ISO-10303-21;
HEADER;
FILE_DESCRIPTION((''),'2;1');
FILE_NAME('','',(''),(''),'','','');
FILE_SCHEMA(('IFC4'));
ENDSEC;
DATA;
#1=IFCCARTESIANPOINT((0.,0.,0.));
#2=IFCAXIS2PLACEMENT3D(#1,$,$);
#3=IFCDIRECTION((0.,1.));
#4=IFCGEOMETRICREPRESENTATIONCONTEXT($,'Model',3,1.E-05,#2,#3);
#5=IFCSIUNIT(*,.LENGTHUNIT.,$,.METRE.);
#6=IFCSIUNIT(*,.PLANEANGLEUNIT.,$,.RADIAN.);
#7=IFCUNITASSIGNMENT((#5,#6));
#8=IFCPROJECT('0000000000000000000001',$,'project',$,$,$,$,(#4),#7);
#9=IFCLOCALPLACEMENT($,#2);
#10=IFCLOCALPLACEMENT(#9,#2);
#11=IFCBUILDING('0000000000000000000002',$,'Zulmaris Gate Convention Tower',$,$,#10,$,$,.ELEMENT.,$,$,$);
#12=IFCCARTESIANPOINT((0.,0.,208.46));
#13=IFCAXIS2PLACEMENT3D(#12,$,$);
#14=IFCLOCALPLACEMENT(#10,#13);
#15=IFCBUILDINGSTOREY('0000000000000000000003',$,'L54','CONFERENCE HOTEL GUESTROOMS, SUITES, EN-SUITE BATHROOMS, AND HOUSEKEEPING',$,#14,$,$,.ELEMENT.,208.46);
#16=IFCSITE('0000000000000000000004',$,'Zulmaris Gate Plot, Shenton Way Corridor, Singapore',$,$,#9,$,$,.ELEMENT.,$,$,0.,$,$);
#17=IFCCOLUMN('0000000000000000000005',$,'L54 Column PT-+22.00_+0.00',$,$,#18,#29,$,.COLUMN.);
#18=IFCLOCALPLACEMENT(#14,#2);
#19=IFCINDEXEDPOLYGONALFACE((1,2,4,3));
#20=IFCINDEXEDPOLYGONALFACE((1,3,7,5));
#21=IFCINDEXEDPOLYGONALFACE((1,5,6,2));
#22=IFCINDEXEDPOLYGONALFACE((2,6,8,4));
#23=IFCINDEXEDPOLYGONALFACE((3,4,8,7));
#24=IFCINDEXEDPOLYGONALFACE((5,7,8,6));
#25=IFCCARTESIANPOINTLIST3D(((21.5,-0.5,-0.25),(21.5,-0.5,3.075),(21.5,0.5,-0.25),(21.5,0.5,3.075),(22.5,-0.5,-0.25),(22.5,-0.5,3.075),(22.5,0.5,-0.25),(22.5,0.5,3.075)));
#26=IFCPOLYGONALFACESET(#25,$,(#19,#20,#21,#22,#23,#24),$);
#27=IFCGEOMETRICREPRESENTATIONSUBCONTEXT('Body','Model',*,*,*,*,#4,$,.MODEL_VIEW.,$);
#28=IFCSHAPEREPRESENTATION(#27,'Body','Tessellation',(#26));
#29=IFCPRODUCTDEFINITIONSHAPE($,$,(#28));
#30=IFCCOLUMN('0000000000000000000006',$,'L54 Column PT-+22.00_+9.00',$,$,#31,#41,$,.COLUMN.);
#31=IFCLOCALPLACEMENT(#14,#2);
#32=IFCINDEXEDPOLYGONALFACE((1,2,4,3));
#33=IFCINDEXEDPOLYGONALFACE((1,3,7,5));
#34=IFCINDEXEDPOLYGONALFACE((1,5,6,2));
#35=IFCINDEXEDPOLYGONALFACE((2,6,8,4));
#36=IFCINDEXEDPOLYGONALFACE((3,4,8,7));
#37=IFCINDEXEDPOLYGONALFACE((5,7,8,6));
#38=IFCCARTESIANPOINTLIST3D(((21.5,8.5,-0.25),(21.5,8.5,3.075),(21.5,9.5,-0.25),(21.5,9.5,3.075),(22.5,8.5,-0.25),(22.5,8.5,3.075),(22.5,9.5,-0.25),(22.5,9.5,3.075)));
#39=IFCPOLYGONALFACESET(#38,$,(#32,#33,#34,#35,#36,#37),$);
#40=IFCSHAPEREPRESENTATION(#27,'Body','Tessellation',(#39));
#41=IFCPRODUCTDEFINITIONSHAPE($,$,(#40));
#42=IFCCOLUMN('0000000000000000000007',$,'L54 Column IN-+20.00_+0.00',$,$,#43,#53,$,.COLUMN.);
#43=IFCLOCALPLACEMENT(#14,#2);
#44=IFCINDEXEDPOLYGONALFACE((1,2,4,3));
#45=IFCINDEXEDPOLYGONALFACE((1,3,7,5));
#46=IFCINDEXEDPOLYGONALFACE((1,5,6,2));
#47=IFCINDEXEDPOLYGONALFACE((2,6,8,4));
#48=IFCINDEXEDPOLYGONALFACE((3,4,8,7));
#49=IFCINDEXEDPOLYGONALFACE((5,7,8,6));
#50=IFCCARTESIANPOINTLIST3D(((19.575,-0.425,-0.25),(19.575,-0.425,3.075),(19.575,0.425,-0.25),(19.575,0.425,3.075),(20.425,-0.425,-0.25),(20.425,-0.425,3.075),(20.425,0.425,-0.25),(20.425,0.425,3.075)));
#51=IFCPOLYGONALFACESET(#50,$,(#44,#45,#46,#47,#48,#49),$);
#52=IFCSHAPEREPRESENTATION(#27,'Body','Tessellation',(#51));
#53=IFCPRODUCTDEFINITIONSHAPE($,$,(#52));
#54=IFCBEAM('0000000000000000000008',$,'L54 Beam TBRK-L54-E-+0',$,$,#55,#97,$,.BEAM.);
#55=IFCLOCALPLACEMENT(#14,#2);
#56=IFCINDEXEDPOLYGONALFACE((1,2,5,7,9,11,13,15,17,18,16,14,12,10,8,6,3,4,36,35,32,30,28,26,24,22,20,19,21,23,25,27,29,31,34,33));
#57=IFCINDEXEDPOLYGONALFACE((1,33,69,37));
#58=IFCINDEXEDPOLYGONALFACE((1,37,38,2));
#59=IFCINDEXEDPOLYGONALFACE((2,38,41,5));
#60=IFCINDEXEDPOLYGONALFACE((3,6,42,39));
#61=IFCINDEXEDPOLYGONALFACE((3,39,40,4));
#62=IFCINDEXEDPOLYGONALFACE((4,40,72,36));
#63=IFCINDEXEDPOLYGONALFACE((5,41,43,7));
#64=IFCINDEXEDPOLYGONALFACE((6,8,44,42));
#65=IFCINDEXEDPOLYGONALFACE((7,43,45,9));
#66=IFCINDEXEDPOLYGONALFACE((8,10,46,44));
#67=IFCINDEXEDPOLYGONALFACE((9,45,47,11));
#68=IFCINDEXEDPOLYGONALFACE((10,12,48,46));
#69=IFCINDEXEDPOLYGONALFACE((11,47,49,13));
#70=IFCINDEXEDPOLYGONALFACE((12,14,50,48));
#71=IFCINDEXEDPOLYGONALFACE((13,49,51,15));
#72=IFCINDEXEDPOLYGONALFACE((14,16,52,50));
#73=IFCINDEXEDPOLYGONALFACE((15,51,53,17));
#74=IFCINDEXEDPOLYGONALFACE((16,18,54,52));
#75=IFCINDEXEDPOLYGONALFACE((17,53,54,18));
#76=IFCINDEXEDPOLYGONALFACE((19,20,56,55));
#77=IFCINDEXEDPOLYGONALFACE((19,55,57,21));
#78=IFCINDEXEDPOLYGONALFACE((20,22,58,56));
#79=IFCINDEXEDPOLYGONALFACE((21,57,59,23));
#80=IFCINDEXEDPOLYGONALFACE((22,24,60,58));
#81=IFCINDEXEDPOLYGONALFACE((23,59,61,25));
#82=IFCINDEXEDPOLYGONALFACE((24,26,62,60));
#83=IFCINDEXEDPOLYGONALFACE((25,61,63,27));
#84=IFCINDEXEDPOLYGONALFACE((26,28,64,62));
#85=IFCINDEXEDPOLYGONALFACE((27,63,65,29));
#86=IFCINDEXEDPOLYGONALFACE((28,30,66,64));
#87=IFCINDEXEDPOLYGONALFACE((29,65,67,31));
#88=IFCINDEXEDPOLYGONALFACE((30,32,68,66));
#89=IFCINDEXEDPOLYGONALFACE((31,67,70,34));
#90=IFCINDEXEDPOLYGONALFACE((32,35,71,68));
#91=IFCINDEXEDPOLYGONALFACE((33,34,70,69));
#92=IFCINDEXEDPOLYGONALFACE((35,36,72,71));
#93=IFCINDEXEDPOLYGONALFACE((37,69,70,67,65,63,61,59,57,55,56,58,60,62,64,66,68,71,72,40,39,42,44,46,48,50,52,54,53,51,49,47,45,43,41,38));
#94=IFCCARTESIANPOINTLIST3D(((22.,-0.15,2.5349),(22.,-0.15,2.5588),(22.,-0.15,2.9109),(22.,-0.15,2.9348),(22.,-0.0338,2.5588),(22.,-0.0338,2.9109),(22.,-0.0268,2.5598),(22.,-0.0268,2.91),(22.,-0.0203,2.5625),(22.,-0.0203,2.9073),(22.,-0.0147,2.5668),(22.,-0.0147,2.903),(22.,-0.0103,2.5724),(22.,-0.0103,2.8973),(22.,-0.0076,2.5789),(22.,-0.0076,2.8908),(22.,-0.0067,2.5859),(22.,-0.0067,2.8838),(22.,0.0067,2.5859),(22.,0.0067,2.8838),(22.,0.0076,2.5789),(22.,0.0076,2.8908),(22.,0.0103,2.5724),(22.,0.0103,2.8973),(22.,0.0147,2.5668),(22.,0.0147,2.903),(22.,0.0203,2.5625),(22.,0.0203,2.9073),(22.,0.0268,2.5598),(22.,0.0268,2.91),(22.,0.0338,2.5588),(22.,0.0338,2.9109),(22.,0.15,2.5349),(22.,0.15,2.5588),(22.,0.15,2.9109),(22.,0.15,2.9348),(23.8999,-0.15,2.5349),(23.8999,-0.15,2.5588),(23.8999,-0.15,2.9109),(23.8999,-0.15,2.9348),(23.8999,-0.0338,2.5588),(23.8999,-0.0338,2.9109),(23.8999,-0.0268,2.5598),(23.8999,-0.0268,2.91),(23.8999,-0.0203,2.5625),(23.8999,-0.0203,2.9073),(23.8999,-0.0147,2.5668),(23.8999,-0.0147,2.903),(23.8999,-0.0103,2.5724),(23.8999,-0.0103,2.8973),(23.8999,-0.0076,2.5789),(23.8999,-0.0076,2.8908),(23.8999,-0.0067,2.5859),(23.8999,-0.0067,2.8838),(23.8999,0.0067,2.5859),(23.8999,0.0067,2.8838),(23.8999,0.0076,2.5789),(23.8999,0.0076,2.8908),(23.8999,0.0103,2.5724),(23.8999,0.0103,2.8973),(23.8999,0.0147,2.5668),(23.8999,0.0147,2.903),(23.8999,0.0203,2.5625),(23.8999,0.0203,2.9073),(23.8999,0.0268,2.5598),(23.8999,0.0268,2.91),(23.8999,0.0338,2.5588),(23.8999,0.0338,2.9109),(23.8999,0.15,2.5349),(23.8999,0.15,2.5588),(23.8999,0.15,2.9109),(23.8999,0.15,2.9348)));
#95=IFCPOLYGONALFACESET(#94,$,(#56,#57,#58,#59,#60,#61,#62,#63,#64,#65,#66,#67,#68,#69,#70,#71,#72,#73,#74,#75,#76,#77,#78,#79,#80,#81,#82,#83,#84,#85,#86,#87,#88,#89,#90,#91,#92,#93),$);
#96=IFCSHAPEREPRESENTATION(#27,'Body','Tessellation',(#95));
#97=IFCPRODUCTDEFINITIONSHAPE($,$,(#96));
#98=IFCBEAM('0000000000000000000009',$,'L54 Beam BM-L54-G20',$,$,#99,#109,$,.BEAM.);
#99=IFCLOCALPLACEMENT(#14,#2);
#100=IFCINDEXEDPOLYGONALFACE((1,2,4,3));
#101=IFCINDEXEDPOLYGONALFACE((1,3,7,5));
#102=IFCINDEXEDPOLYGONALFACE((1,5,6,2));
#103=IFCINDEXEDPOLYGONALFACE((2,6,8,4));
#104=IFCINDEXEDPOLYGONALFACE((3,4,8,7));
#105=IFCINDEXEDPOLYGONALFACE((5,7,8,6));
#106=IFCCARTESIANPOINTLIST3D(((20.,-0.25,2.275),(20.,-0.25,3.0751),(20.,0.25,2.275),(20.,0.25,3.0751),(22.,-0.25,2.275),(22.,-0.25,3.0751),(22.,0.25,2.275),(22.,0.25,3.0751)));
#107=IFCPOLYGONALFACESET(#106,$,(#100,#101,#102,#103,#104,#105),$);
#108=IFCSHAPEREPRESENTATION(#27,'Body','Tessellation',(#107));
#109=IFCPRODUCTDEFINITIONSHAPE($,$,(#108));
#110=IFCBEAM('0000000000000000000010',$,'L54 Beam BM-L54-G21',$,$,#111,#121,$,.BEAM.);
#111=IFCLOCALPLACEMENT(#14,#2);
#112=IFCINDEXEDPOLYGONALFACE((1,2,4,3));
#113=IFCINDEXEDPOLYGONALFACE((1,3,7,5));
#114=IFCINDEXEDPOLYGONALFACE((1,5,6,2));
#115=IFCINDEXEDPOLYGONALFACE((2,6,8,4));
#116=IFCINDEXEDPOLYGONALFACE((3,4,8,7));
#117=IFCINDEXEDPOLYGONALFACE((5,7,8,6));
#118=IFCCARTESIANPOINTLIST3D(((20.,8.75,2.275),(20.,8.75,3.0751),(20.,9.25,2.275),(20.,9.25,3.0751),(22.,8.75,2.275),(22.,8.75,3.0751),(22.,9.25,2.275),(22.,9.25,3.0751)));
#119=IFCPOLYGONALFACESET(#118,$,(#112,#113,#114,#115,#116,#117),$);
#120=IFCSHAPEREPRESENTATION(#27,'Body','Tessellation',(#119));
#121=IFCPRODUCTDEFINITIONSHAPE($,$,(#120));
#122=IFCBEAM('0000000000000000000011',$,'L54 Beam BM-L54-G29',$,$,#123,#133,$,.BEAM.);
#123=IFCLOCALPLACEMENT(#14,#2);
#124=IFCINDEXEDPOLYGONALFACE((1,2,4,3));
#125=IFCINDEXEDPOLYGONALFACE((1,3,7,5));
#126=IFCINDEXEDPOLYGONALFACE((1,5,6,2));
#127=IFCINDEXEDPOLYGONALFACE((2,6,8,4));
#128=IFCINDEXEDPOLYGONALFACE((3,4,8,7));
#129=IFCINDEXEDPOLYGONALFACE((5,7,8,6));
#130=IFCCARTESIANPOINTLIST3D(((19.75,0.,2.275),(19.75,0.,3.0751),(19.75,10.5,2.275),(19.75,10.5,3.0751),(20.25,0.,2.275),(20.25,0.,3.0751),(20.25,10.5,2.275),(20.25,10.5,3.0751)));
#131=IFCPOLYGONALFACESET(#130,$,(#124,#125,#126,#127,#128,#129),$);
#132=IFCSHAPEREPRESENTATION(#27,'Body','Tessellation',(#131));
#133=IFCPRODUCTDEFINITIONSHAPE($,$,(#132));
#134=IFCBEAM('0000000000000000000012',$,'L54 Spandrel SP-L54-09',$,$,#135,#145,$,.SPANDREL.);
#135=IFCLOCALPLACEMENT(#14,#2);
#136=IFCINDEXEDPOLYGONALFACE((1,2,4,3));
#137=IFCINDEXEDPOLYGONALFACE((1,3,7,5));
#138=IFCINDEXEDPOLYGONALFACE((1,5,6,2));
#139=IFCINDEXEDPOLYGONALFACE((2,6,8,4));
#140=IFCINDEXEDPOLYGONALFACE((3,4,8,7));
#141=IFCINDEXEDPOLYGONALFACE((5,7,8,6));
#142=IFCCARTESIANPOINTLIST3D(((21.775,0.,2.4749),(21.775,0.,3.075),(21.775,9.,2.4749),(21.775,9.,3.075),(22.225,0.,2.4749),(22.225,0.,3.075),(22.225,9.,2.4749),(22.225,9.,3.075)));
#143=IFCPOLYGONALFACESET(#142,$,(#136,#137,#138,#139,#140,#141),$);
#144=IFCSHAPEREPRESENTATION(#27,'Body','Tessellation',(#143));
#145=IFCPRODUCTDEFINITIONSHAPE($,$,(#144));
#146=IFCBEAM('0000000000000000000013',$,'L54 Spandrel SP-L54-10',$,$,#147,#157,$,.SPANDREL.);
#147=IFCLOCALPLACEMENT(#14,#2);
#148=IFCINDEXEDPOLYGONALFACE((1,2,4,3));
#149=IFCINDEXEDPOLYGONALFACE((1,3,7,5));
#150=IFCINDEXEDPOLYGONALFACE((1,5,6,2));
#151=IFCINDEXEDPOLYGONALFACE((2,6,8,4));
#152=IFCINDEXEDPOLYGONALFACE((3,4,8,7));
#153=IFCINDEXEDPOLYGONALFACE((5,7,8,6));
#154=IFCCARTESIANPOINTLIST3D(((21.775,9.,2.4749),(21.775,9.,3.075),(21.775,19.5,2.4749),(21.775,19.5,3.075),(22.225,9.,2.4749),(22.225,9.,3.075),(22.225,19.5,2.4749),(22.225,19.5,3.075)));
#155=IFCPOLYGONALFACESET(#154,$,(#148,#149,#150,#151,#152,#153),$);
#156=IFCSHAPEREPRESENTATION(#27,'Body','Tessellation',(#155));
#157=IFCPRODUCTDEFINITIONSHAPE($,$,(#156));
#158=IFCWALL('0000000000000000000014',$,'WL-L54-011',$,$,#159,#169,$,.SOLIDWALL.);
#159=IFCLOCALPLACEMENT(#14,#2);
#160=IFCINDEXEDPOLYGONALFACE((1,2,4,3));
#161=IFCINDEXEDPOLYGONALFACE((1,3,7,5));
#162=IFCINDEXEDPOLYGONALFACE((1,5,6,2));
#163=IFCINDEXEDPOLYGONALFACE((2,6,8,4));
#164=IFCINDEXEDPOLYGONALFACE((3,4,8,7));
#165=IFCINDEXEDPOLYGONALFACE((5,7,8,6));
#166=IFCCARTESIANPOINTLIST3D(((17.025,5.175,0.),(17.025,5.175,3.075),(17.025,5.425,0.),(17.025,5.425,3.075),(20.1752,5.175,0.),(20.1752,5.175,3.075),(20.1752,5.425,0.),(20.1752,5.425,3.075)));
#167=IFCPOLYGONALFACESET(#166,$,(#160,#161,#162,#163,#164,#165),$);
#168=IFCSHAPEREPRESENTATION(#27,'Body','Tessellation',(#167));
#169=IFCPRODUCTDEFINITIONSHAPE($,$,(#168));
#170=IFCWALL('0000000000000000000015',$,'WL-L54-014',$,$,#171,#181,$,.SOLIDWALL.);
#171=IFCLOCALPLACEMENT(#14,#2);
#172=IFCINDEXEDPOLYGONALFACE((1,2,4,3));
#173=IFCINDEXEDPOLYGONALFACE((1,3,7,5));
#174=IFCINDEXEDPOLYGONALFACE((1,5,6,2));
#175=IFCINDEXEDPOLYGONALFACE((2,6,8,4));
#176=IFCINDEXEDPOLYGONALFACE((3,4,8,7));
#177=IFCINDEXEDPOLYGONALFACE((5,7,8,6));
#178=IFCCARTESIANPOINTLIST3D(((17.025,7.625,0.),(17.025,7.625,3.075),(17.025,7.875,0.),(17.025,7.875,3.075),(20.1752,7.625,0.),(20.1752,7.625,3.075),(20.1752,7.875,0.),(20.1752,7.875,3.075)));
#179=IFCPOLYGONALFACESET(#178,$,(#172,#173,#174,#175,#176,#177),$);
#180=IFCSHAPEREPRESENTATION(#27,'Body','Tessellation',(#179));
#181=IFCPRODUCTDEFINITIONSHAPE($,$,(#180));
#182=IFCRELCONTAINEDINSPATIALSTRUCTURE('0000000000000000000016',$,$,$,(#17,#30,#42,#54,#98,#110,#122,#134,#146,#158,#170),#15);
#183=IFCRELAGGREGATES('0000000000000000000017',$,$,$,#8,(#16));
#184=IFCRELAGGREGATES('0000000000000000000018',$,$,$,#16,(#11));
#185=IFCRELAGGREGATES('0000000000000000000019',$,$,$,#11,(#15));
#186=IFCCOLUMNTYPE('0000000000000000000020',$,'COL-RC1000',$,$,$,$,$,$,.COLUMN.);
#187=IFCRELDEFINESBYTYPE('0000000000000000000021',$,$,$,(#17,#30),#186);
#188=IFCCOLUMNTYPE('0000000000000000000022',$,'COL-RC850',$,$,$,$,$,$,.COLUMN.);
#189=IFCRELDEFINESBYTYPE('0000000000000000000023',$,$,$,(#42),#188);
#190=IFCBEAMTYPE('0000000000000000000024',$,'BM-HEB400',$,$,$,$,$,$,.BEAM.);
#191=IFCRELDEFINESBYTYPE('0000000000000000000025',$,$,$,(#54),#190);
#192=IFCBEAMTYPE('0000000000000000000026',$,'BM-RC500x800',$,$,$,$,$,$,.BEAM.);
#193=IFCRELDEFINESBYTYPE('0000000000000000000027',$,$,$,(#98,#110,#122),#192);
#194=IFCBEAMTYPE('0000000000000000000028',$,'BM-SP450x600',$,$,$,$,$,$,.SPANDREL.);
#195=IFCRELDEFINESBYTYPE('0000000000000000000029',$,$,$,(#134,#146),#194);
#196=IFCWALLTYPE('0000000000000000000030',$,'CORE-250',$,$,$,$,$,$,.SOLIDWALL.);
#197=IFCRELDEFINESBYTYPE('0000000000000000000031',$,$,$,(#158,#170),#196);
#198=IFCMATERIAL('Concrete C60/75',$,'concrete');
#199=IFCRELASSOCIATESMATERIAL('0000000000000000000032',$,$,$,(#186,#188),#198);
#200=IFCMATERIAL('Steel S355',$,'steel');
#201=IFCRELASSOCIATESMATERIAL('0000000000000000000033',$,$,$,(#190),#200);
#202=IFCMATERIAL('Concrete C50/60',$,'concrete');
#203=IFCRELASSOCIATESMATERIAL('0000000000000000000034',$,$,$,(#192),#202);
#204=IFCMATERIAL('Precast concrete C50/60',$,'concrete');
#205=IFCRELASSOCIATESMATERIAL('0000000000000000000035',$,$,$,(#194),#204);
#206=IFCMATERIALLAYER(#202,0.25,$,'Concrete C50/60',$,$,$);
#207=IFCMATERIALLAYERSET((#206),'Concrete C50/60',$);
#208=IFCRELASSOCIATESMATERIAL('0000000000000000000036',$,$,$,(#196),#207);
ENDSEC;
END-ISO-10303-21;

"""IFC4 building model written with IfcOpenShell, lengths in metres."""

from ifc_helpers import new_model, si_unit, direction, frame, frame_2d, origin, origin_2d, place, context, subcontext, project, spatial, rectangle, i_section, extrude, material, layer, layer_set, material_profile, profile_set, type_object, element, save


model = new_model("IFC4")

# Units and contexts
model_context = context("Model", 3, precision=1e-05, world=origin(), true_north=direction((0.0, 1.0)))
body_context = subcontext(model_context, "Body", "Model", "MODEL_VIEW")
ifc_project = project(units=[si_unit("LENGTHUNIT", "METRE"), si_unit("PLANEANGLEUNIT", "RADIAN")], contexts=[model_context])

# Site, building, storey
site_placement = place(None, origin())
site = spatial("IfcSite", under=ifc_project, at=site_placement, Name="Zulmaris Gate Plot, Shenton Way Corridor, Singapore", CompositionType="ELEMENT", RefElevation=0.0)
building_placement = place(site_placement, origin())
building = spatial("IfcBuilding", under=site, at=building_placement, Name="Zulmaris Gate Convention Tower", CompositionType="ELEMENT")
storey_placement = place(building_placement, frame((0.0, 0.0, 208.46)))
storey = spatial("IfcBuildingStorey", under=building, at=storey_placement, Name="L54", Description="CONFERENCE HOTEL GUESTROOMS, SUITES, EN-SUITE BATHROOMS, AND HOUSEKEEPING", CompositionType="ELEMENT", Elevation=208.46)

# Columns
ifc_material_1 = material(Name="Concrete C60/75", Category="concrete")
ifc_material_profile_1 = material_profile(ifc_material_1, rectangle(XDim=1.0, YDim=1.0, at=origin_2d()), Name="RC COL 1000x1000")
ifc_profile_set_1 = profile_set([ifc_material_profile_1], Name="Concrete C60/75")
column_type_1 = type_object("IfcColumnType", Name="COL-RC1000", PredefinedType="COLUMN", material=ifc_profile_set_1)
for number, where, z_axis, x_axis, name in (
    (1, (22.0, 0.0, -0.25), (0.0, 0.0, 1.0), (1.0, 0.0, 0.0), "L54 Column PT-+22.00_+0.00"),
    (2, (22.0, 9.0, -0.25), (0.0, 0.0, 1.0), (1.0, 0.0, 0.0), "L54 Column PT-+22.00_+9.00"),
):
    element("IfcColumn", number, at=place(storey_placement, frame(where, z_axis=z_axis, x_axis=x_axis)), inside=storey, type_object=column_type_1, Name=name, PredefinedType="COLUMN", context=body_context, shape_type="SweptSolid", body=[
        extrude(rectangle(XDim=1.0, YDim=1.0, at=origin_2d()), origin(), (0.0, 0.0, 1.0), 3.325),
    ])
ifc_material_profile_2 = material_profile(ifc_material_1, rectangle(XDim=0.8501, YDim=0.8501, at=origin_2d()), Name="RC COL 850x850")
ifc_profile_set_2 = profile_set([ifc_material_profile_2], Name="Concrete C60/75")
column_type_2 = type_object("IfcColumnType", Name="COL-RC850", PredefinedType="COLUMN", material=ifc_profile_set_2)
column_placement = place(storey_placement, frame((20.0, 0.0, -0.25), z_axis=(0.0, 0.0, 1.0), x_axis=(1.0, 0.0, 0.0)))
element("IfcColumn", 3, at=column_placement, inside=storey, type_object=column_type_2, Name="L54 Column IN-+20.00_+0.00", PredefinedType="COLUMN", context=body_context, shape_type="SweptSolid", body=[
    extrude(rectangle(XDim=0.8501, YDim=0.8501, at=origin_2d()), origin(), (0.0, 0.0, 1.0), 3.325),
])

# Beams
ifc_material_2 = material(Name="Steel S355", Category="steel")
ifc_material_profile_3 = material_profile(ifc_material_2, i_section(OverallWidth=0.3, OverallDepth=0.3999, WebThickness=0.0134, FlangeThickness=0.0239, FilletRadius=0.0271, at=origin_2d()), Name="HEB 400")
ifc_profile_set_3 = profile_set([ifc_material_profile_3], Name="Steel S355")
beam_type_1 = type_object("IfcBeamType", Name="BM-HEB400", PredefinedType="BEAM", material=ifc_profile_set_3)
beam_1_placement = place(storey_placement, frame((22.0, 0.0, 2.7349), z_axis=(1.0, 0.0, 0.0), x_axis=(0.0, 1.0, 0.0)))
element("IfcBeam", 4, at=beam_1_placement, inside=storey, type_object=beam_type_1, Name="L54 Beam TBRK-L54-E-+0", PredefinedType="BEAM", context=body_context, shape_type="SweptSolid", body=[
    extrude(i_section(OverallWidth=0.3, OverallDepth=0.3999, WebThickness=0.0134, FlangeThickness=0.0239, FilletRadius=0.0271, at=origin_2d()), origin(), (0.0, 0.0, 1.0), 1.8999),
])
ifc_material_3 = material(Name="Concrete C50/60", Category="concrete")
ifc_material_profile_4 = material_profile(ifc_material_3, rectangle(XDim=0.5, YDim=0.8, at=origin_2d()), Name="RC BEAM 500x800")
ifc_profile_set_4 = profile_set([ifc_material_profile_4], Name="Concrete C50/60")
beam_type_2 = type_object("IfcBeamType", Name="BM-RC500x800", PredefinedType="BEAM", material=ifc_profile_set_4)
for number, where, z_axis, x_axis, name in (
    (5, (20.0, 0.0, 2.675), (1.0, 0.0, 0.0), (0.0, 1.0, 0.0), "L54 Beam BM-L54-G20"),
    (6, (20.0, 9.0, 2.675), (1.0, 0.0, 0.0), (0.0, 1.0, 0.0), "L54 Beam BM-L54-G21"),
):
    element("IfcBeam", number, at=place(storey_placement, frame(where, z_axis=z_axis, x_axis=x_axis)), inside=storey, type_object=beam_type_2, Name=name, PredefinedType="BEAM", context=body_context, shape_type="SweptSolid", body=[
        extrude(rectangle(XDim=0.5, YDim=0.8, at=origin_2d()), origin(), (0.0, 0.0, 1.0), 2.0),
    ])
beam_2_placement = place(storey_placement, frame((20.0, 0.0, 2.675), z_axis=(0.0, 1.0, 0.0), x_axis=(-1.0, 0.0, 0.0)))
element("IfcBeam", 7, at=beam_2_placement, inside=storey, type_object=beam_type_2, Name="L54 Beam BM-L54-G29", PredefinedType="BEAM", context=body_context, shape_type="SweptSolid", body=[
    extrude(rectangle(XDim=0.5, YDim=0.8, at=origin_2d()), origin(), (0.0, 0.0, 1.0), 10.5),
])
ifc_material_4 = material(Name="Precast concrete C50/60", Category="concrete")
ifc_material_profile_5 = material_profile(ifc_material_4, rectangle(XDim=0.45, YDim=0.6001, at=origin_2d()), Name="RC SPANDREL 450x600")
ifc_profile_set_5 = profile_set([ifc_material_profile_5], Name="Precast concrete C50/60")
beam_type_3 = type_object("IfcBeamType", Name="BM-SP450x600", PredefinedType="SPANDREL", material=ifc_profile_set_5)
beam_3_placement = place(storey_placement, frame((22.0, 0.0, 2.7749), z_axis=(0.0, 1.0, 0.0), x_axis=(-1.0, 0.0, 0.0)))
element("IfcBeam", 8, at=beam_3_placement, inside=storey, type_object=beam_type_3, Name="L54 Spandrel SP-L54-09", PredefinedType="SPANDREL", context=body_context, shape_type="SweptSolid", body=[
    extrude(rectangle(XDim=0.45, YDim=0.6001, at=origin_2d()), origin(), (0.0, 0.0, 1.0), 9.0),
])
beam_4_placement = place(storey_placement, frame((22.0, 9.0, 2.7749), z_axis=(0.0, 1.0, 0.0), x_axis=(-1.0, 0.0, 0.0)))
element("IfcBeam", 9, at=beam_4_placement, inside=storey, type_object=beam_type_3, Name="L54 Spandrel SP-L54-10", PredefinedType="SPANDREL", context=body_context, shape_type="SweptSolid", body=[
    extrude(rectangle(XDim=0.45, YDim=0.6001, at=origin_2d()), origin(), (0.0, 0.0, 1.0), 10.5),
])

# Walls
ifc_layer_1 = layer(ifc_material_3, 0.25, Name="Concrete C50/60")
ifc_layer_set_1 = layer_set([ifc_layer_1], Name="Concrete C50/60")
wall_type_1 = type_object("IfcWallType", Name="CORE-250", PredefinedType="SOLIDWALL", material=ifc_layer_set_1)
for number, where, z_axis, x_axis, name in (
    (10, (17.0249, 5.3, 0.0), (0.0, 0.0, 1.0), (1.0, 0.0, 0.0), "WL-L54-011"),
    (11, (17.0249, 7.75, 0.0), (0.0, 0.0, 1.0), (1.0, 0.0, 0.0), "WL-L54-014"),
):
    element("IfcWall", number, at=place(storey_placement, frame(where, z_axis=z_axis, x_axis=x_axis)), inside=storey, type_object=wall_type_1, Name=name, PredefinedType="SOLIDWALL", context=body_context, shape_type="SweptSolid", body=[
        extrude(rectangle(XDim=3.1501, YDim=0.25, at=frame_2d((1.5752, 0.0))), origin(), (0.0, 0.0, 1.0), 3.075),
    ])

save(model, "model.ifc")
